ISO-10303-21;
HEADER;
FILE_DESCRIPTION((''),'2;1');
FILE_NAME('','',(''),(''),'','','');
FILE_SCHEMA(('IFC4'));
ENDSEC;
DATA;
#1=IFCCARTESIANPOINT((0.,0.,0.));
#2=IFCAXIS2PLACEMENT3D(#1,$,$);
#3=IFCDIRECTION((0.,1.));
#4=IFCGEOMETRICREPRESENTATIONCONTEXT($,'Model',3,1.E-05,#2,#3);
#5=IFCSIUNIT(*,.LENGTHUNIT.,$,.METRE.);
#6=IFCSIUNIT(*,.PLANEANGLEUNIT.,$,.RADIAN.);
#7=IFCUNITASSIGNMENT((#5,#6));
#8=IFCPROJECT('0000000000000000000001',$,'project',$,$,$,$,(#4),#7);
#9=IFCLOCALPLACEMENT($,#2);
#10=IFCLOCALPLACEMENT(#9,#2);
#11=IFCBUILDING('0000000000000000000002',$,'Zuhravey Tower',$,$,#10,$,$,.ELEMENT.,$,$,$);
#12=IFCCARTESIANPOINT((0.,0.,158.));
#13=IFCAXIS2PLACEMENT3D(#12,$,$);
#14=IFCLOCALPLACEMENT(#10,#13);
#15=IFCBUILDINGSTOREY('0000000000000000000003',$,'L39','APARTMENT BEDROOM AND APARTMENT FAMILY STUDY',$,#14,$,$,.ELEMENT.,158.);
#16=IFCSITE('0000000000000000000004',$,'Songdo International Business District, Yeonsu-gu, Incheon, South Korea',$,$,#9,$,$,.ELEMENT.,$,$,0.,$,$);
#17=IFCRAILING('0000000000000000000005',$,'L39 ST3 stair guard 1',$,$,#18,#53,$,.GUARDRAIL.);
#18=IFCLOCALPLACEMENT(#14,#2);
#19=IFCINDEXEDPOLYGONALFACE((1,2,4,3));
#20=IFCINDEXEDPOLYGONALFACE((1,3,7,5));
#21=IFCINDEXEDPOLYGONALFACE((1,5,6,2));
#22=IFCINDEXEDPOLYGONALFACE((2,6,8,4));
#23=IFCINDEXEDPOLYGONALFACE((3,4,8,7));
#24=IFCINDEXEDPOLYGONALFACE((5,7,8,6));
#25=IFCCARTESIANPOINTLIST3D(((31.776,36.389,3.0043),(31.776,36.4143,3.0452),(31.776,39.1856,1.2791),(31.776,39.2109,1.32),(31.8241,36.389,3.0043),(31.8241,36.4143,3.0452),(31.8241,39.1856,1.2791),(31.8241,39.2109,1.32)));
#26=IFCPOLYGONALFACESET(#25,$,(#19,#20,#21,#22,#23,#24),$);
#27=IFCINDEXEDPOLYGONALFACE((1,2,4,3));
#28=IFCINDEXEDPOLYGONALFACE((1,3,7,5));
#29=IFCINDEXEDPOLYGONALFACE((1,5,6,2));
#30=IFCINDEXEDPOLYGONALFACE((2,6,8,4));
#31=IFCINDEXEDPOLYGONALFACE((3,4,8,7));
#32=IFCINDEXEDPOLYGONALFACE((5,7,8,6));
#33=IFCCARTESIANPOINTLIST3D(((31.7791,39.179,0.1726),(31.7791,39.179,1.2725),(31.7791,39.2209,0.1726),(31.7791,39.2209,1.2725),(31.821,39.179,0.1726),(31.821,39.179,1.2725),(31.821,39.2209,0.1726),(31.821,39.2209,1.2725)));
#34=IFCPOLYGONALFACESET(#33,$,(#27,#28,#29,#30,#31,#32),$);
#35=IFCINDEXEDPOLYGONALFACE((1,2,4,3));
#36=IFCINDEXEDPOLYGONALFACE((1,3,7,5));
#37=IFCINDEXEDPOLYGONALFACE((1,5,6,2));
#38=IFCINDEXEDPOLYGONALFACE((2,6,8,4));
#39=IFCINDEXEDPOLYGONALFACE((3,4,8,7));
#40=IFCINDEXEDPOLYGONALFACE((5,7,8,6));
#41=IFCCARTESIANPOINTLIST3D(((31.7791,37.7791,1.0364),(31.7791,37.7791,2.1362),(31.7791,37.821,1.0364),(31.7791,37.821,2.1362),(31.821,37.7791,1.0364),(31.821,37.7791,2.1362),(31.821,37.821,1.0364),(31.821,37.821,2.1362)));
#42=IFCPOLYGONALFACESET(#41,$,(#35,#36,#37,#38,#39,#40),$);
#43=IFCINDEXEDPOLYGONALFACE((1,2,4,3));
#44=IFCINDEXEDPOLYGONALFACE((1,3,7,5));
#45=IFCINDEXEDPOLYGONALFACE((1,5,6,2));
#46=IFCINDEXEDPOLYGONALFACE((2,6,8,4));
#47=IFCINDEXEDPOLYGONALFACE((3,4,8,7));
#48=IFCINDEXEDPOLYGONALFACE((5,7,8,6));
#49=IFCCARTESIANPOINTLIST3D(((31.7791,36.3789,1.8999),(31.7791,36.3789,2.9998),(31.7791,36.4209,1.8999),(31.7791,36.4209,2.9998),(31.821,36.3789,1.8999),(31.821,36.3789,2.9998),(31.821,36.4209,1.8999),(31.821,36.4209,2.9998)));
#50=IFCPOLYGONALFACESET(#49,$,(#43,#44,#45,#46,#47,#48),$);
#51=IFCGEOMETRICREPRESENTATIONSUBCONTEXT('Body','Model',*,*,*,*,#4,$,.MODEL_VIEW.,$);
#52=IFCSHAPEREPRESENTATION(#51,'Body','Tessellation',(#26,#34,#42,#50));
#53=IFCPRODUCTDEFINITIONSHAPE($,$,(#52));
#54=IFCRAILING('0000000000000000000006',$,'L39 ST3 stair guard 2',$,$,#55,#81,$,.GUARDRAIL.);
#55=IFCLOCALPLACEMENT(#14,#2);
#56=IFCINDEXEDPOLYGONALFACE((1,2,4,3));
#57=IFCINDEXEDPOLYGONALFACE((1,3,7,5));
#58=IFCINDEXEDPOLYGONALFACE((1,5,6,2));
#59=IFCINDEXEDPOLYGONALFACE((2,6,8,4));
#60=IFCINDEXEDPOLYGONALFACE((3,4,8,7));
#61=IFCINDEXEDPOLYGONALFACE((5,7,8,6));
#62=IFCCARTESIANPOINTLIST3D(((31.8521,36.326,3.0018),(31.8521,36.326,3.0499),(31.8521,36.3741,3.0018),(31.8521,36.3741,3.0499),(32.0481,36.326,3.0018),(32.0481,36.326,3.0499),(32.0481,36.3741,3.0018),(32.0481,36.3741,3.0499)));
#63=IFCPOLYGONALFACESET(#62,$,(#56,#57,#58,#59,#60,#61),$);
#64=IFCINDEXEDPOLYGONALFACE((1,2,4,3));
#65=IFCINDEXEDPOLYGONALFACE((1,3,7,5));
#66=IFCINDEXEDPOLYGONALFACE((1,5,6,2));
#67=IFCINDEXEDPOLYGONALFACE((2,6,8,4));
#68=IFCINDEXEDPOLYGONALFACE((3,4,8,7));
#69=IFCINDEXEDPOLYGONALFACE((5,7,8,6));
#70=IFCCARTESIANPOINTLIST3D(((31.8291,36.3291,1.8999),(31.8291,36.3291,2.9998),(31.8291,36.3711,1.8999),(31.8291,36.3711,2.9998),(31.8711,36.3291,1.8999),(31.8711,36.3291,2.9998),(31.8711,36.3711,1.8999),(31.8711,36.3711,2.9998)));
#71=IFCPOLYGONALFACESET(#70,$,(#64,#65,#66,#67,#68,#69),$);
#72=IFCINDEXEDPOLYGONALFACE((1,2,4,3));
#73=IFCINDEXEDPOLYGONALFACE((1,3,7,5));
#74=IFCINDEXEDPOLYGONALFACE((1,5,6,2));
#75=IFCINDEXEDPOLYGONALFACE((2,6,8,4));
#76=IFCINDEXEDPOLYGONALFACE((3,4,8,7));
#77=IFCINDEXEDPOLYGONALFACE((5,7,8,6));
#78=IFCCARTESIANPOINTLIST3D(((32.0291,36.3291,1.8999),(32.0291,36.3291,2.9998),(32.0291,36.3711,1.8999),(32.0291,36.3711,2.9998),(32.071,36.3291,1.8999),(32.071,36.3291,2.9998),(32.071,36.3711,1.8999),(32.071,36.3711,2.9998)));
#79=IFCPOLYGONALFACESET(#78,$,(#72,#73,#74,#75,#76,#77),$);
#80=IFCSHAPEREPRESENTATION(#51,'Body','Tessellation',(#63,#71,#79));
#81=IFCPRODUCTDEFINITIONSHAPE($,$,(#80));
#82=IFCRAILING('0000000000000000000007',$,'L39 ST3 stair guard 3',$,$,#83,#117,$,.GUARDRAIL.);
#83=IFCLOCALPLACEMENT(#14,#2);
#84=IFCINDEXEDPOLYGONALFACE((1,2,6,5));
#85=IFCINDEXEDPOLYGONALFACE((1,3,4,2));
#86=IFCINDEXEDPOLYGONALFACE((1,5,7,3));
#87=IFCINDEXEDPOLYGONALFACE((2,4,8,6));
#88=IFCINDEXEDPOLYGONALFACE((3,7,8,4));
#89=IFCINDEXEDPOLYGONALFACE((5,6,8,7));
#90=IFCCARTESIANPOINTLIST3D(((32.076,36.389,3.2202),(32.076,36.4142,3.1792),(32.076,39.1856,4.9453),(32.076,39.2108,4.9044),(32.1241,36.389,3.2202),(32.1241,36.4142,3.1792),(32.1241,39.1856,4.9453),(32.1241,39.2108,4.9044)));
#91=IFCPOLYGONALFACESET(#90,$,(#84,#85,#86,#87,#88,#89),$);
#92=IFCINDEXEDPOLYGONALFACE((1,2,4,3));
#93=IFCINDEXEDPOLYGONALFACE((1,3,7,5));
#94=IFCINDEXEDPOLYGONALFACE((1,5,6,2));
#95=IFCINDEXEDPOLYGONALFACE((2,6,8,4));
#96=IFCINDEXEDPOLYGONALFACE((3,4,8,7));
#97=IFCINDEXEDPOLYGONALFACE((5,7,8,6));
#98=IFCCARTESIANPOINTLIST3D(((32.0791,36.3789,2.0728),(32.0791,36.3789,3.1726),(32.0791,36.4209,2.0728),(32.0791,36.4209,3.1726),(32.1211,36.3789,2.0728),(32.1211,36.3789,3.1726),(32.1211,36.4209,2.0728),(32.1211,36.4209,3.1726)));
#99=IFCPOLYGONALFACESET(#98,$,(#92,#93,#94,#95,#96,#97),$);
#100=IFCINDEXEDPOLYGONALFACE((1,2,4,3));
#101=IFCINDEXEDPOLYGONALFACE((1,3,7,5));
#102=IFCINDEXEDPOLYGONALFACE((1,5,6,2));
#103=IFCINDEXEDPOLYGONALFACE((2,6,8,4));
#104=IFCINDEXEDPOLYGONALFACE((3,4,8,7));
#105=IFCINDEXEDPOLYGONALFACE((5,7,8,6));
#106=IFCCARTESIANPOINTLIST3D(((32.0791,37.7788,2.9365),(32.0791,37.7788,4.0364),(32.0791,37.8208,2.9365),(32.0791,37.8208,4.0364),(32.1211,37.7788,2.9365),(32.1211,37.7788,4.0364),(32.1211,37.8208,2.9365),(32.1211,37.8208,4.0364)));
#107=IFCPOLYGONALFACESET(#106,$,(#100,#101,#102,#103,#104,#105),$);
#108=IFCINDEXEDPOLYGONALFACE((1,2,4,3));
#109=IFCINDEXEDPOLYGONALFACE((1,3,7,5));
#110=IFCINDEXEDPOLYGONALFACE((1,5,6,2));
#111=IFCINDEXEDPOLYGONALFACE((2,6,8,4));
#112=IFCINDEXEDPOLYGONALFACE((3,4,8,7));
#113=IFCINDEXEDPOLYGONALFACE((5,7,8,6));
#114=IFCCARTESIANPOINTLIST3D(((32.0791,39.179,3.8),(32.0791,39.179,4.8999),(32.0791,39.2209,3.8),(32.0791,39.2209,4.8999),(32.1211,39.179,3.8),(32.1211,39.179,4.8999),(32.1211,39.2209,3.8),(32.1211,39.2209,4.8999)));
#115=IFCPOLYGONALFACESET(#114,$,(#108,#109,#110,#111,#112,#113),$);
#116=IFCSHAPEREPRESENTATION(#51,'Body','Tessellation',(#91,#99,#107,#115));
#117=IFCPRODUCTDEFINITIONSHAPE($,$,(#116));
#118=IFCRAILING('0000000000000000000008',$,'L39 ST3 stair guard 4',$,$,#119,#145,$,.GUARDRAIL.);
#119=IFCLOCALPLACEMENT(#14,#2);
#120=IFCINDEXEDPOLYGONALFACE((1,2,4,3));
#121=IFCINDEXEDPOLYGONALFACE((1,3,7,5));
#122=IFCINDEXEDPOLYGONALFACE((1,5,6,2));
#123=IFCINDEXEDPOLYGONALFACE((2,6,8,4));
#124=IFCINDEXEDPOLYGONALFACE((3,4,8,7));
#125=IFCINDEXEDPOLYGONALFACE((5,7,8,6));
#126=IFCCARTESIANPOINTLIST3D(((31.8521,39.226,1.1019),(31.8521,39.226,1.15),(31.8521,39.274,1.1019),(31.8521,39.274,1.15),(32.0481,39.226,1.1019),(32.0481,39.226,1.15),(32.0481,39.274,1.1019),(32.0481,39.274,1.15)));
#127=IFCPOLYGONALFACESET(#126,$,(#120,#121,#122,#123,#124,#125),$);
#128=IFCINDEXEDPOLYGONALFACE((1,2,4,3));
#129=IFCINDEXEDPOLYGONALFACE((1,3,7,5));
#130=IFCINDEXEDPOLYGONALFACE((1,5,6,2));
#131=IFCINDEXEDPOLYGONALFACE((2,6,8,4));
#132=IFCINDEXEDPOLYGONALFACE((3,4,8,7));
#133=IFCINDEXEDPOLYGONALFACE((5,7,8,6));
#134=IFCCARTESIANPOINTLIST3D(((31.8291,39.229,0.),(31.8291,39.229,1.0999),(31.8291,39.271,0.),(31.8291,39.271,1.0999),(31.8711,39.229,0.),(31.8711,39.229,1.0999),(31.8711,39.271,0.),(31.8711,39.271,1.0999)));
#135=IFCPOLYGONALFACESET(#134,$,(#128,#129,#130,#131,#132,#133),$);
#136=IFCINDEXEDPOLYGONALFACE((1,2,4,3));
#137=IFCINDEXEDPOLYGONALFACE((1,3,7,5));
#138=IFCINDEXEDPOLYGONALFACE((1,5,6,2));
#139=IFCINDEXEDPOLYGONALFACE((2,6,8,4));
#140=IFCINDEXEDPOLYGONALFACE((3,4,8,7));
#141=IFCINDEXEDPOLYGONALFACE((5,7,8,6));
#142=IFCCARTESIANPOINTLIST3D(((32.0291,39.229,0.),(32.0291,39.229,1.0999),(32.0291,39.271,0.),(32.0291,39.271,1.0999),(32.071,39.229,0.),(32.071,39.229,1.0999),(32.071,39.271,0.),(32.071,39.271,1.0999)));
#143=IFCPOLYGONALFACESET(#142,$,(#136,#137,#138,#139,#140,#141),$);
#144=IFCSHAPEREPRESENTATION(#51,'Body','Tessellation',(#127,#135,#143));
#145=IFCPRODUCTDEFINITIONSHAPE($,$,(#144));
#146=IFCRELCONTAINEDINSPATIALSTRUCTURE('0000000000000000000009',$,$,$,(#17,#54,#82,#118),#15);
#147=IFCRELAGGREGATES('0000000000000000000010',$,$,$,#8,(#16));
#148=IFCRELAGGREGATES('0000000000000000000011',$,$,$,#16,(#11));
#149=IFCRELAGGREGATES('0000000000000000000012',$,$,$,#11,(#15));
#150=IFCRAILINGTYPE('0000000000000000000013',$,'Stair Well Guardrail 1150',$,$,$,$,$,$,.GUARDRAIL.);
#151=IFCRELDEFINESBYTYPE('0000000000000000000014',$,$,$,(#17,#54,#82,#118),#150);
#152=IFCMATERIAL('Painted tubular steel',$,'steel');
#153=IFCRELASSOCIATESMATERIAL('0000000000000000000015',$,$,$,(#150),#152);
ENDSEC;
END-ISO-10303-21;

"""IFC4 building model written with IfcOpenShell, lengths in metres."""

from ifc_helpers import new_model, si_unit, direction, frame, origin, origin_2d, place, context, subcontext, project, spatial, rectangle, extrude, material, type_object, element, save


model = new_model("IFC4")

# Units and contexts
model_context = context("Model", 3, precision=1e-05, world=origin(), true_north=direction((0.0, 1.0)))
body_context = subcontext(model_context, "Body", "Model", "MODEL_VIEW")
ifc_project = project(units=[si_unit("LENGTHUNIT", "METRE"), si_unit("PLANEANGLEUNIT", "RADIAN")], contexts=[model_context])

# Site, building, storey
site_placement = place(None, origin())
site = spatial("IfcSite", under=ifc_project, at=site_placement, Name="Songdo International Business District, Yeonsu-gu, Incheon, South Korea", CompositionType="ELEMENT", RefElevation=0.0)
building_placement = place(site_placement, origin())
building = spatial("IfcBuilding", under=site, at=building_placement, Name="Zuhravey Tower", CompositionType="ELEMENT")
storey_placement = place(building_placement, frame((0.0, 0.0, 158.0)))
storey = spatial("IfcBuildingStorey", under=building, at=storey_placement, Name="L39", Description="APARTMENT BEDROOM AND APARTMENT FAMILY STUDY", CompositionType="ELEMENT", Elevation=158.0)

# Railings
ifc_material_1 = material(Name="Painted tubular steel", Category="steel")
railing_type_1 = type_object("IfcRailingType", Name="Stair Well Guardrail 1150", PredefinedType="GUARDRAIL", material=ifc_material_1)
railing_1_placement = place(storey_placement, frame((31.8, 39.2, 0.1726)))
element("IfcRailing", 1, at=railing_1_placement, inside=storey, type_object=railing_type_1, Name="L39 ST3 stair guard 1", PredefinedType="GUARDRAIL", context=body_context, shape_type="SweptSolid", body=[
    extrude(rectangle(XDim=0.0481, YDim=0.0481, at=origin_2d()), frame((0.0, -0.0017, 1.127), z_axis=(0.0, -0.85109, 0.52502), x_axis=(1.0, 0.0, 0.0)), (0.0, 0.0, 1.0), 3.2859),
    extrude(rectangle(XDim=0.042, YDim=0.042, at=origin_2d()), origin(), (0.0, 0.0, 1.0), 1.0999),
    extrude(rectangle(XDim=0.042, YDim=0.042, at=origin_2d()), frame((0.0, -1.3999, 0.8638)), (0.0, 0.0, 1.0), 1.0999),
    extrude(rectangle(XDim=0.042, YDim=0.042, at=origin_2d()), frame((0.0, -2.8, 1.7273)), (0.0, 0.0, 1.0), 1.0999),
])
railing_2_placement = place(storey_placement, frame((31.8501, 36.3501, 1.8999)))
element("IfcRailing", 2, at=railing_2_placement, inside=storey, type_object=railing_type_1, Name="L39 ST3 stair guard 2", PredefinedType="GUARDRAIL", context=body_context, shape_type="SweptSolid", body=[
    extrude(rectangle(XDim=0.0481, YDim=0.0481, at=origin_2d()), frame((0.002, 0.0, 1.126), z_axis=(1.0, 0.0, 0.0), x_axis=(0.0, 1.0, 0.0)), (0.0, 0.0, 1.0), 0.196),
    extrude(rectangle(XDim=0.042, YDim=0.042, at=origin_2d()), origin(), (0.0, 0.0, 1.0), 1.0999),
    extrude(rectangle(XDim=0.042, YDim=0.042, at=origin_2d()), frame((0.2, 0.0, 0.0)), (0.0, 0.0, 1.0), 1.0999),
])
railing_3_placement = place(storey_placement, frame((32.1001, 36.3999, 2.0728)))
element("IfcRailing", 3, at=railing_3_placement, inside=storey, type_object=railing_type_1, Name="L39 ST3 stair guard 3", PredefinedType="GUARDRAIL", context=body_context, shape_type="SweptSolid", body=[
    extrude(rectangle(XDim=0.0481, YDim=0.0481, at=origin_2d()), frame((0.0, 0.0017, 1.127), z_axis=(0.0, 0.85109, 0.52502), x_axis=(-1.0, 0.0, 0.0)), (0.0, 0.0, 1.0), 3.2859),
    extrude(rectangle(XDim=0.042, YDim=0.042, at=origin_2d()), origin(), (0.0, 0.0, 1.0), 1.0999),
    extrude(rectangle(XDim=0.042, YDim=0.042, at=origin_2d()), frame((0.0, 1.3999, 0.8638)), (0.0, 0.0, 1.0), 1.0999),
    extrude(rectangle(XDim=0.042, YDim=0.042, at=origin_2d()), frame((0.0, 2.8, 1.7273)), (0.0, 0.0, 1.0), 1.0999),
])
railing_4_placement = place(storey_placement, frame((31.8501, 39.25, 0.0)))
element("IfcRailing", 4, at=railing_4_placement, inside=storey, type_object=railing_type_1, Name="L39 ST3 stair guard 4", PredefinedType="GUARDRAIL", context=body_context, shape_type="SweptSolid", body=[
    extrude(rectangle(XDim=0.0481, YDim=0.0481, at=origin_2d()), frame((0.002, 0.0, 1.126), z_axis=(1.0, 0.0, 0.0), x_axis=(0.0, 1.0, 0.0)), (0.0, 0.0, 1.0), 0.196),
    extrude(rectangle(XDim=0.042, YDim=0.042, at=origin_2d()), origin(), (0.0, 0.0, 1.0), 1.0999),
    extrude(rectangle(XDim=0.042, YDim=0.042, at=origin_2d()), frame((0.2, 0.0, 0.0)), (0.0, 0.0, 1.0), 1.0999),
])

save(model, "model.ifc")
